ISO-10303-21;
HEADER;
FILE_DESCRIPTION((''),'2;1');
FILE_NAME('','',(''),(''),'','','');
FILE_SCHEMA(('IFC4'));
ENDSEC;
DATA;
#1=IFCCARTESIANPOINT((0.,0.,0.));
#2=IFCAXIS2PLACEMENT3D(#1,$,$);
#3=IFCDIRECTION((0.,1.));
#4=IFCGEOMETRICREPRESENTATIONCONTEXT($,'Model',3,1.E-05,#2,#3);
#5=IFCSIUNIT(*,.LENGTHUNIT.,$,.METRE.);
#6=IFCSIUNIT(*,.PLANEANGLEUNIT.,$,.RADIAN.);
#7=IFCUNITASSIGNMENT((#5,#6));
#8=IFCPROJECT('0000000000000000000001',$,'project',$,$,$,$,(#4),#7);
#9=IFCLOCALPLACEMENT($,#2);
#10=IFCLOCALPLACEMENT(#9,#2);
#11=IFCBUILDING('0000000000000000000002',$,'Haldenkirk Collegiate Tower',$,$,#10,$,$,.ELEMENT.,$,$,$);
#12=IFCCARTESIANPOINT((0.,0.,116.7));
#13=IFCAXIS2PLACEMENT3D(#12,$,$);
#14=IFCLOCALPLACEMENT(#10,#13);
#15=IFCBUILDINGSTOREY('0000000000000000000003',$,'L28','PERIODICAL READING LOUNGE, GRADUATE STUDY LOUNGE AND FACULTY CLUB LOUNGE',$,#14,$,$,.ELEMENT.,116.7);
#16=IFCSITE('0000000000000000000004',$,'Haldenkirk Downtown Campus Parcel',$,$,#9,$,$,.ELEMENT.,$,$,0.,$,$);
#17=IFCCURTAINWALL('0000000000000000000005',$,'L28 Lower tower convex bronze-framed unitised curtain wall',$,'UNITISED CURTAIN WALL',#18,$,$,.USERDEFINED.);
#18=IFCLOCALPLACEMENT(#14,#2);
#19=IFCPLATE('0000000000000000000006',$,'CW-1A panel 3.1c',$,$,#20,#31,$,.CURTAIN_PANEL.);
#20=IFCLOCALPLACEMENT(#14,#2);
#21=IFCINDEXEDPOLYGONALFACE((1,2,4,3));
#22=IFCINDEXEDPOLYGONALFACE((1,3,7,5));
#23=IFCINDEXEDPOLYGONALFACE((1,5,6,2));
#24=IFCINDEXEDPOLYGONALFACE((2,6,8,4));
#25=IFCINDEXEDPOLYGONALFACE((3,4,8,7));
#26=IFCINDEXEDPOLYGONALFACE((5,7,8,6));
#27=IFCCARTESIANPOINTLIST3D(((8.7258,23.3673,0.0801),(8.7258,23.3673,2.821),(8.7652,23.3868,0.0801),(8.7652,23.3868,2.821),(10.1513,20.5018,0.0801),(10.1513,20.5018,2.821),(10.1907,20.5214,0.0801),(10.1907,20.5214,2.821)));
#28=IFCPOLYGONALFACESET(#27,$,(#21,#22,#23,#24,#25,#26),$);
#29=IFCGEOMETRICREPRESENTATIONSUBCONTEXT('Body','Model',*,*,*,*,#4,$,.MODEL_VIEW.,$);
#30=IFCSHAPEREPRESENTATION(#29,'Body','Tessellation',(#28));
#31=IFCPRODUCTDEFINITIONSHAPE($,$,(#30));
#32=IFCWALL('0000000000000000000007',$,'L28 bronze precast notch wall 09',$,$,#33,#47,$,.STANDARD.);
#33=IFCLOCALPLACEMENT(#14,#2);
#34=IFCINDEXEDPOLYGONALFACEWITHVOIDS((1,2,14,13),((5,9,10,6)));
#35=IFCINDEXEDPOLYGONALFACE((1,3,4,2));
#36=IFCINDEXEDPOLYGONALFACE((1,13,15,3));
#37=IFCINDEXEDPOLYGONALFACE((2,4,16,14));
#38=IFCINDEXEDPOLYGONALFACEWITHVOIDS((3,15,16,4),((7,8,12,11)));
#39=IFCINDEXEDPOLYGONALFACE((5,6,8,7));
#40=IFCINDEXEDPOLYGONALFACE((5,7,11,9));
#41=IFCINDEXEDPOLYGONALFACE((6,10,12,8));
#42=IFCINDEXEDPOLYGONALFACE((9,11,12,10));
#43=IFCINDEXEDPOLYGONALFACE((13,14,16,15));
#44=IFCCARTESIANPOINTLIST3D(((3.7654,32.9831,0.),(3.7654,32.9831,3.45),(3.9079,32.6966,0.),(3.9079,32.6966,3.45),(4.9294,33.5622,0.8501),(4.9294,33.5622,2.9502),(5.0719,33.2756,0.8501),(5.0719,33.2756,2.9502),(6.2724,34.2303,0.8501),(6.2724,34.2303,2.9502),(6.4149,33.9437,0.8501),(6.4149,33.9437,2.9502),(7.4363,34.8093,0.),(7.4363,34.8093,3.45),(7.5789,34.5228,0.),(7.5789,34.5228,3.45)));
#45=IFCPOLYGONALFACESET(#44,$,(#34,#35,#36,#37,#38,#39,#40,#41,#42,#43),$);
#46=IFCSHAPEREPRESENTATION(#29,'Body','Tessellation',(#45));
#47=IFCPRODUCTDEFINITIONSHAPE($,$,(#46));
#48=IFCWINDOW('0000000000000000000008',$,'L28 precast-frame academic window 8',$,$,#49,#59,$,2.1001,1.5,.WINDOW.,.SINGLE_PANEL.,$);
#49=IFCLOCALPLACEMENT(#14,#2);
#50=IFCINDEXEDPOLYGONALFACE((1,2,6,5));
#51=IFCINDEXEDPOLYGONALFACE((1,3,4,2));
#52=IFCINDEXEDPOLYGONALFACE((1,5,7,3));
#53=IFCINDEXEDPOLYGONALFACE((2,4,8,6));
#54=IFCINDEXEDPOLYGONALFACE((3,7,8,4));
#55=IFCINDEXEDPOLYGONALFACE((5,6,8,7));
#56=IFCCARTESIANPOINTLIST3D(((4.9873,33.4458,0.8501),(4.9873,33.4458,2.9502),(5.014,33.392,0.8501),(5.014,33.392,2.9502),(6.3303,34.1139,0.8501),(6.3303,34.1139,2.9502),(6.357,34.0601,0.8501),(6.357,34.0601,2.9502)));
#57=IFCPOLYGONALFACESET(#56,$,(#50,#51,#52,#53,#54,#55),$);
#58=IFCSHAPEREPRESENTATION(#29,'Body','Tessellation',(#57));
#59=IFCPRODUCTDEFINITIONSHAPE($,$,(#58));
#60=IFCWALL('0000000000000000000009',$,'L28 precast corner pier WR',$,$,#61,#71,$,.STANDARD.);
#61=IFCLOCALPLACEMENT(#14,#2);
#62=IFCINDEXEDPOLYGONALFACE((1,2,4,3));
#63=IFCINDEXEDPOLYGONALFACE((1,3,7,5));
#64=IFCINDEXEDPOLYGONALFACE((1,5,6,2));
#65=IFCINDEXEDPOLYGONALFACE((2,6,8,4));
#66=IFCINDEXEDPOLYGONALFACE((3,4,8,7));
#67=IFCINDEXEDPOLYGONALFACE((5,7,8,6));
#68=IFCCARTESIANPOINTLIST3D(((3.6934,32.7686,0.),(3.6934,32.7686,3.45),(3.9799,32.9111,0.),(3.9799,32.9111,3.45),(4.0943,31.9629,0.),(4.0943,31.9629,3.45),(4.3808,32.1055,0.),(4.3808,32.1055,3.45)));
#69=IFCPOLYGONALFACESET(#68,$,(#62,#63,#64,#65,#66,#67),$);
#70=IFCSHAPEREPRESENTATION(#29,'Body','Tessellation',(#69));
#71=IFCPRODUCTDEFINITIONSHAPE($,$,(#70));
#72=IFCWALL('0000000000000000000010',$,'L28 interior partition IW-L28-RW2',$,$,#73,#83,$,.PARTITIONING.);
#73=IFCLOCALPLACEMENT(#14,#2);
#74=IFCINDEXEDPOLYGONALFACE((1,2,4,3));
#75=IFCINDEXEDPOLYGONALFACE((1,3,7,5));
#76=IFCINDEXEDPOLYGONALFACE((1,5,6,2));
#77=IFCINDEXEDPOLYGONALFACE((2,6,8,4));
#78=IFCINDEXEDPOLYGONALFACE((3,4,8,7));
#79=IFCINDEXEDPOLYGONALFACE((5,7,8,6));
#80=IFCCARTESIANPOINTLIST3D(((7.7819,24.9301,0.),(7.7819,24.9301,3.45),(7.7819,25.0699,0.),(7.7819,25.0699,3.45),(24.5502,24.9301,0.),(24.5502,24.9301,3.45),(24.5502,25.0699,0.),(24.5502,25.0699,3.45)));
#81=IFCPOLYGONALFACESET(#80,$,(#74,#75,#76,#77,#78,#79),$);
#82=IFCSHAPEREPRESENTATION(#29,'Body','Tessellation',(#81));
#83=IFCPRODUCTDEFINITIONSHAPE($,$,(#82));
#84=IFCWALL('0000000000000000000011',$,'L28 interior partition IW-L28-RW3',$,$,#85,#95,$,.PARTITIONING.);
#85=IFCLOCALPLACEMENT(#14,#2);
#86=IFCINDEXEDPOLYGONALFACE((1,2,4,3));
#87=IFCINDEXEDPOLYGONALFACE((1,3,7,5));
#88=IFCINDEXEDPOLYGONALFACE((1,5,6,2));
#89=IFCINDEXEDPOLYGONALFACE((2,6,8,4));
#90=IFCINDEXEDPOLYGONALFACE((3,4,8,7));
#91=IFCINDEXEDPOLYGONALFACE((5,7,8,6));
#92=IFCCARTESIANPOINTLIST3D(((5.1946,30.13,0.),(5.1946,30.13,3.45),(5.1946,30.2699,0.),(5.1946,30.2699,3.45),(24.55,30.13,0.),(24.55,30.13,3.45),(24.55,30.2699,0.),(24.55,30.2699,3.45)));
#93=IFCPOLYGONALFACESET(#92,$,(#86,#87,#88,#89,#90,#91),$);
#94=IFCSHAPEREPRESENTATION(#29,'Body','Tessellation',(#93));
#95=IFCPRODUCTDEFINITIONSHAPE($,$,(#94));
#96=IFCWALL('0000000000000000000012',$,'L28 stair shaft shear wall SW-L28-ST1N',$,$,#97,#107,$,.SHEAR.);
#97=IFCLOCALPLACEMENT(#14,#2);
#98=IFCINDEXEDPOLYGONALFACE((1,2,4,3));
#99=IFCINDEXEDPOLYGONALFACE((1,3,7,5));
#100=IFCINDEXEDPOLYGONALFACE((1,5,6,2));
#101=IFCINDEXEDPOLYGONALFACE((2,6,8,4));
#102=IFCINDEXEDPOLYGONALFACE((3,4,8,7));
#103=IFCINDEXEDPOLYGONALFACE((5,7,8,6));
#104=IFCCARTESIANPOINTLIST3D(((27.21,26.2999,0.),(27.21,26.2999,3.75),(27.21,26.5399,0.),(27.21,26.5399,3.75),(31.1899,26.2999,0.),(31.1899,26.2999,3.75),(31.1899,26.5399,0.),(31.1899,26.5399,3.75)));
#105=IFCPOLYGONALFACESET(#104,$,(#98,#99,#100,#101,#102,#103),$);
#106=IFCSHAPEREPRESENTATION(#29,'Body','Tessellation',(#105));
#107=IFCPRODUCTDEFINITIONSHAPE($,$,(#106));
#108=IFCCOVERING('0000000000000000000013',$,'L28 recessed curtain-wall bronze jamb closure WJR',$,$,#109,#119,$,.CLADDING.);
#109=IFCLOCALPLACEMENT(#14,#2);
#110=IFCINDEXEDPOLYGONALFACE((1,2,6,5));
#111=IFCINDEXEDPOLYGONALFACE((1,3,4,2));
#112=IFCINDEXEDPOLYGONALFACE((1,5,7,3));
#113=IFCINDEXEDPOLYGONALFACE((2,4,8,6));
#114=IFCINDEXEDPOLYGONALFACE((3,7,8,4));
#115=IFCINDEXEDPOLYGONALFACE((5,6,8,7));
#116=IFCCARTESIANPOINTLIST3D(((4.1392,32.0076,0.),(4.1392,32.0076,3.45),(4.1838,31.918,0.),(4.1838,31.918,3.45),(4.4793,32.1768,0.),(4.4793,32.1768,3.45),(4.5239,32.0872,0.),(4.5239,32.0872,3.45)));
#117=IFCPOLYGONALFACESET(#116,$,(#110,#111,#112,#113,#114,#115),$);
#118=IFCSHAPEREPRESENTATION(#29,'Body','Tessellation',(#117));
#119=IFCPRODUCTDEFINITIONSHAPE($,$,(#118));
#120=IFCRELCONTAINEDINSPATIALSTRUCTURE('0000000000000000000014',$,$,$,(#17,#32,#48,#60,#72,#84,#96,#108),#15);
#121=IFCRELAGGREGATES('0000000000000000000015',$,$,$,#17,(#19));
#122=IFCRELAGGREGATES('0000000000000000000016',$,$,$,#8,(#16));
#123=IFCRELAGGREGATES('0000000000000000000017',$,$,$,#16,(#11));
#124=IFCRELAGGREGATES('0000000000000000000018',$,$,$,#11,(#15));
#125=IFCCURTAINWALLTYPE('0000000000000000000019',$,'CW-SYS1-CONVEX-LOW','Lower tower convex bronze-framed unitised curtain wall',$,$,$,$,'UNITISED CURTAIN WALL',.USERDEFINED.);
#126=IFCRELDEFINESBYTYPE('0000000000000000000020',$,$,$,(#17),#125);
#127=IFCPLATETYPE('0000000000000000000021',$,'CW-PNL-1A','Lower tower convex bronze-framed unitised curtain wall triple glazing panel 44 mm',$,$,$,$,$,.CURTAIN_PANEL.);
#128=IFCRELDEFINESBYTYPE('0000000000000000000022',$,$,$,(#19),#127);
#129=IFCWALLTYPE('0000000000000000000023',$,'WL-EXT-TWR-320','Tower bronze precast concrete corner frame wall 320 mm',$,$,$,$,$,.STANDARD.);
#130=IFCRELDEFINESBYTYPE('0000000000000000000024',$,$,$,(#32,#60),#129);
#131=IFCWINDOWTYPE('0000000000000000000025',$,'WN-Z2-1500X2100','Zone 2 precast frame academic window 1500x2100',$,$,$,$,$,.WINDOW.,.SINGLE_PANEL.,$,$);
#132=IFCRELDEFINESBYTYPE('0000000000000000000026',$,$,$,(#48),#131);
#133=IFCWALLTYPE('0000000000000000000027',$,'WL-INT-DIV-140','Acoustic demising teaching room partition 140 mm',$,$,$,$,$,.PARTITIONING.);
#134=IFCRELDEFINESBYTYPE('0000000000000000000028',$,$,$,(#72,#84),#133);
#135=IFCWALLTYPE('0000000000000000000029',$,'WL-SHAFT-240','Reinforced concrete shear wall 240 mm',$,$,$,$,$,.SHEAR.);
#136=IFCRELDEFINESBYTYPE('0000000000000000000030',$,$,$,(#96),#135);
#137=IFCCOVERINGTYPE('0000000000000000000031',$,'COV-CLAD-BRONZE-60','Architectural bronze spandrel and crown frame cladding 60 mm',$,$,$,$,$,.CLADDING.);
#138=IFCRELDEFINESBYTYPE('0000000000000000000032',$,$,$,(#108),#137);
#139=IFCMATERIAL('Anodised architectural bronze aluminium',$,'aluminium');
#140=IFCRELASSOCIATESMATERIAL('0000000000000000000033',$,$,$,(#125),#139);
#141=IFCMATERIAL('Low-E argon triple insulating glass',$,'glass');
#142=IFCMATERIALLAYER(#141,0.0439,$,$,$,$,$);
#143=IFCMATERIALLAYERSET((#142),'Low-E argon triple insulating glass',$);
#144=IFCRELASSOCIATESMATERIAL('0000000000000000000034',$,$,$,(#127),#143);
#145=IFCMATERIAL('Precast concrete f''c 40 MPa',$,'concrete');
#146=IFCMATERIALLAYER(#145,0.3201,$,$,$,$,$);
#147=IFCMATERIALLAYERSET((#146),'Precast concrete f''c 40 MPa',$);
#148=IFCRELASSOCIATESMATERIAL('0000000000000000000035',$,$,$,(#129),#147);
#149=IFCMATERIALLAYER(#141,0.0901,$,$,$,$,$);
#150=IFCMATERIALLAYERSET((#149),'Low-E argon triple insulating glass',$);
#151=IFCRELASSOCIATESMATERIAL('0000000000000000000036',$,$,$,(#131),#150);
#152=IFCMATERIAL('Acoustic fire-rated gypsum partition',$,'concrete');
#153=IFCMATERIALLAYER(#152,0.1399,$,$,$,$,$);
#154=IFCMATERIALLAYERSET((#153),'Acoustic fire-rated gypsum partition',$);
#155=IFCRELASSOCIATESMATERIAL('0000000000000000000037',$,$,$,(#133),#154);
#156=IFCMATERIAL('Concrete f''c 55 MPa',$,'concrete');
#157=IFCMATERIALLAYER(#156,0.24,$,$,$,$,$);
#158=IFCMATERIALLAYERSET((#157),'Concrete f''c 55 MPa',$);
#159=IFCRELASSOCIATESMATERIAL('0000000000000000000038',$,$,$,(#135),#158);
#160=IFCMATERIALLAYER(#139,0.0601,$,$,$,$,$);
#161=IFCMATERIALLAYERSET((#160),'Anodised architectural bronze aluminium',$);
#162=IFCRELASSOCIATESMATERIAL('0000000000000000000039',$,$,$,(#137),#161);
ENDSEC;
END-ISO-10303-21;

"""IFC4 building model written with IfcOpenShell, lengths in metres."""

from ifc_helpers import new_model, si_unit, direction, frame, frame_2d, origin, origin_2d, place, context, subcontext, project, spatial, rectangle, extrude, source, transform, mapped, material, layer, layer_set, type_object, element, fill, aggregate, save


model = new_model("IFC4")

# Units and contexts
model_context = context("Model", 3, precision=1e-05, world=origin(), true_north=direction((0.0, 1.0)))
body_context = subcontext(model_context, "Body", "Model", "MODEL_VIEW")
ifc_project = project(units=[si_unit("LENGTHUNIT", "METRE"), si_unit("PLANEANGLEUNIT", "RADIAN")], contexts=[model_context])

# Site, building, storey
site_placement = place(None, origin())
site = spatial("IfcSite", under=ifc_project, at=site_placement, Name="Haldenkirk Downtown Campus Parcel", CompositionType="ELEMENT", RefElevation=0.0)
building_placement = place(site_placement, origin())
building = spatial("IfcBuilding", under=site, at=building_placement, Name="Haldenkirk Collegiate Tower", CompositionType="ELEMENT")
storey_placement = place(building_placement, frame((0.0, 0.0, 116.7)))
storey = spatial("IfcBuildingStorey", under=building, at=storey_placement, Name="L28", Description="PERIODICAL READING LOUNGE, GRADUATE STUDY LOUNGE AND FACULTY CLUB LOUNGE", CompositionType="ELEMENT", Elevation=116.7)

# Curtain wall, plate
ifc_material_1 = material(Name="Anodised architectural bronze aluminium", Category="aluminium")
curtain_wall_type = type_object("IfcCurtainWallType", Name="CW-SYS1-CONVEX-LOW", Description="Lower tower convex bronze-framed unitised curtain wall", ElementType="UNITISED CURTAIN WALL", PredefinedType="USERDEFINED", material=ifc_material_1)
curtain_wall_placement = place(storey_placement, origin())
curtain_wall = element("IfcCurtainWall", 1, at=curtain_wall_placement, inside=storey, type_object=curtain_wall_type, Name="L28 Lower tower convex bronze-framed unitised curtain wall", ObjectType="UNITISED CURTAIN WALL", PredefinedType="USERDEFINED")
ifc_material_2 = material(Name="Low-E argon triple insulating glass", Category="glass")
ifc_layer_1 = layer(ifc_material_2, 0.0439)
ifc_layer_set_1 = layer_set([ifc_layer_1], Name="Low-E argon triple insulating glass")
plate_type = type_object("IfcPlateType", Name="CW-PNL-1A", Description="Lower tower convex bronze-framed unitised curtain wall triple glazing panel 44 mm", PredefinedType="CURTAIN_PANEL", material=ifc_layer_set_1)
shared_shape_1 = source(origin(), body_context, "Body", "SweptSolid", [
    extrude(rectangle(XDim=3.2004, YDim=0.0439, at=origin_2d()), origin(), (0.0, 0.0, 1.0), 2.741),
])
plate_1_placement = place(storey_placement, frame((9.4583, 21.9443, 0.0801), z_axis=(0.0, 0.0, 1.0), x_axis=(-0.445415, 0.895324, 0.0)))
plate_1 = element("IfcPlate", 2, at=plate_1_placement, type_object=plate_type, Name="CW-1A panel 3.1c", PredefinedType="CURTAIN_PANEL", context=body_context, shape_type="MappedRepresentation", body=[
    mapped(shared_shape_1, transform((0.0, 0.0, 0.0), x_axis=(1.0, 0.0, 0.0), y_axis=(0.0, 1.0, 0.0), z_axis=(0.0, 0.0, 1.0), scale=1.0)),
])
aggregate(curtain_wall, [plate_1])

# Wall, opening, window
ifc_material_3 = material(Name="Precast concrete f'c 40 MPa", Category="concrete")
ifc_layer_2 = layer(ifc_material_3, 0.3201)
ifc_layer_set_2 = layer_set([ifc_layer_2], Name="Precast concrete f'c 40 MPa")
wall_type_1 = type_object("IfcWallType", Name="WL-EXT-TWR-320", Description="Tower bronze precast concrete corner frame wall 320 mm", PredefinedType="STANDARD", material=ifc_layer_set_2)
wall_1_placement = place(storey_placement, frame((3.8367, 32.8398, 0.0), z_axis=(0.0, 0.0, 1.0), x_axis=(0.89533, 0.445402, 0.0)))
wall_1 = element("IfcWall", 3, at=wall_1_placement, inside=storey, type_object=wall_type_1, Name="L28 bronze precast notch wall 09", PredefinedType="STANDARD", context=body_context, shape_type="SweptSolid", body=[
    extrude(rectangle(XDim=4.1001, YDim=0.3201, at=frame_2d((2.05, 0.0))), origin(), (0.0, 0.0, 1.0), 3.45),
])
opening_1_placement = place(wall_1_placement, frame((1.3, 0.0, 0.8501)))
opening_1 = element("IfcOpeningElement", 4, at=opening_1_placement, cuts=wall_1, PredefinedType="OPENING", context=body_context, shape_type="SweptSolid", body=[
    extrude(rectangle(XDim=1.5, YDim=2.1001, at=frame_2d((0.75, 1.05))), frame((0.0, 0.1699, 0.0), z_axis=(0.0, -1.0, 0.0), x_axis=(1.0, 0.0, 0.0)), (0.0, 0.0, 1.0), 0.3401),
])
ifc_layer_3 = layer(ifc_material_2, 0.0901)
ifc_layer_set_3 = layer_set([ifc_layer_3], Name="Low-E argon triple insulating glass")
window_type = type_object("IfcWindowType", Name="WN-Z2-1500X2100", Description="Zone 2 precast frame academic window 1500x2100", PartitioningType="SINGLE_PANEL", PredefinedType="WINDOW", material=ifc_layer_set_3)
window_placement = place(opening_1_placement, origin())
window = element("IfcWindow", 5, at=window_placement, inside=storey, type_object=window_type, Name="L28 precast-frame academic window 8", OverallHeight=2.1001, OverallWidth=1.5, PartitioningType="SINGLE_PANEL", PredefinedType="WINDOW", context=body_context, shape_type="SweptSolid", body=[
    extrude(rectangle(XDim=1.5, YDim=2.1001, at=frame_2d((0.75, 1.05))), frame((0.0, 0.03, 0.0), z_axis=(0.0, -1.0, 0.0), x_axis=(1.0, 0.0, 0.0)), (0.0, 0.0, 1.0), 0.0601),
])
fill(opening_1, window)

# Wall
wall_2_placement = place(storey_placement, frame((4.2375, 32.0342, 0.0), z_axis=(0.0, 0.0, 1.0), x_axis=(-0.445476, 0.895294, 0.0)))
element("IfcWall", 6, at=wall_2_placement, inside=storey, type_object=wall_type_1, Name="L28 precast corner pier WR", PredefinedType="STANDARD", context=body_context, shape_type="SweptSolid", body=[
    extrude(rectangle(XDim=0.8999, YDim=0.3201, at=frame_2d((0.45, 0.0))), origin(), (0.0, 0.0, 1.0), 3.45),
])

# Shared definitions
ifc_material_4 = material(Name="Acoustic fire-rated gypsum partition", Category="concrete")

# Walls
ifc_layer_4 = layer(ifc_material_4, 0.1399)
ifc_layer_set_4 = layer_set([ifc_layer_4], Name="Acoustic fire-rated gypsum partition")
wall_type_2 = type_object("IfcWallType", Name="WL-INT-DIV-140", Description="Acoustic demising teaching room partition 140 mm", PredefinedType="PARTITIONING", material=ifc_layer_set_4)
wall_3_placement = place(storey_placement, frame((7.7817, 25.0, 0.0), z_axis=(0.0, 0.0, 1.0), x_axis=(1.0, 0.0, 0.0)))
element("IfcWall", 7, at=wall_3_placement, inside=storey, type_object=wall_type_2, Name="L28 interior partition IW-L28-RW2", PredefinedType="PARTITIONING", context=body_context, shape_type="SweptSolid", body=[
    extrude(rectangle(XDim=16.7683, YDim=0.1399, at=frame_2d((8.3843, 0.0))), origin(), (0.0, 0.0, 1.0), 3.45),
])
wall_4_placement = place(storey_placement, frame((5.1946, 30.2, 0.0), z_axis=(0.0, 0.0, 1.0), x_axis=(1.0, 0.0, 0.0)))
element("IfcWall", 8, at=wall_4_placement, inside=storey, type_object=wall_type_2, Name="L28 interior partition IW-L28-RW3", PredefinedType="PARTITIONING", context=body_context, shape_type="SweptSolid", body=[
    extrude(rectangle(XDim=19.3555, YDim=0.1399, at=frame_2d((9.6777, 0.0))), origin(), (0.0, 0.0, 1.0), 3.45),
])
ifc_material_5 = material(Name="Concrete f'c 55 MPa", Category="concrete")
ifc_layer_5 = layer(ifc_material_5, 0.24)
ifc_layer_set_5 = layer_set([ifc_layer_5], Name="Concrete f'c 55 MPa")
wall_type_3 = type_object("IfcWallType", Name="WL-SHAFT-240", Description="Reinforced concrete shear wall 240 mm", PredefinedType="SHEAR", material=ifc_layer_set_5)
wall_5_placement = place(storey_placement, frame((27.21, 26.4199, 0.0), z_axis=(0.0, 0.0, 1.0), x_axis=(1.0, 0.0, 0.0)))
element("IfcWall", 9, at=wall_5_placement, inside=storey, type_object=wall_type_3, Name="L28 stair shaft shear wall SW-L28-ST1N", PredefinedType="SHEAR", context=body_context, shape_type="SweptSolid", body=[
    extrude(rectangle(XDim=3.98, YDim=0.24, at=frame_2d((1.99, 0.0))), origin(), (0.0, 0.0, 1.0), 3.75),
])

# Covering
ifc_layer_6 = layer(ifc_material_1, 0.0601)
ifc_layer_set_6 = layer_set([ifc_layer_6], Name="Anodised architectural bronze aluminium")
covering_type = type_object("IfcCoveringType", Name="COV-CLAD-BRONZE-60", Description="Architectural bronze spandrel and crown frame cladding 60 mm", PredefinedType="CLADDING", material=ifc_layer_set_6)
shared_shape_2 = source(origin(), body_context, "Body", "SweptSolid", [
    extrude(rectangle(XDim=0.1001, YDim=0.3799, at=origin_2d()), origin(), (0.0, 0.0, 1.0), 3.45),
])
covering_placement = place(storey_placement, frame((4.3315, 32.0474, 0.0), z_axis=(0.0, 0.0, 1.0), x_axis=(-0.445417, 0.895323, 0.0)))
element("IfcCovering", 10, at=covering_placement, inside=storey, type_object=covering_type, Name="L28 recessed curtain-wall bronze jamb closure WJR", PredefinedType="CLADDING", context=body_context, shape_type="MappedRepresentation", body=[
    mapped(shared_shape_2, transform((0.0, 0.0, 0.0), x_axis=(1.0, 0.0, 0.0), y_axis=(0.0, 1.0, 0.0), z_axis=(0.0, 0.0, 1.0), scale=1.0)),
])

save(model, "model.ifc")
